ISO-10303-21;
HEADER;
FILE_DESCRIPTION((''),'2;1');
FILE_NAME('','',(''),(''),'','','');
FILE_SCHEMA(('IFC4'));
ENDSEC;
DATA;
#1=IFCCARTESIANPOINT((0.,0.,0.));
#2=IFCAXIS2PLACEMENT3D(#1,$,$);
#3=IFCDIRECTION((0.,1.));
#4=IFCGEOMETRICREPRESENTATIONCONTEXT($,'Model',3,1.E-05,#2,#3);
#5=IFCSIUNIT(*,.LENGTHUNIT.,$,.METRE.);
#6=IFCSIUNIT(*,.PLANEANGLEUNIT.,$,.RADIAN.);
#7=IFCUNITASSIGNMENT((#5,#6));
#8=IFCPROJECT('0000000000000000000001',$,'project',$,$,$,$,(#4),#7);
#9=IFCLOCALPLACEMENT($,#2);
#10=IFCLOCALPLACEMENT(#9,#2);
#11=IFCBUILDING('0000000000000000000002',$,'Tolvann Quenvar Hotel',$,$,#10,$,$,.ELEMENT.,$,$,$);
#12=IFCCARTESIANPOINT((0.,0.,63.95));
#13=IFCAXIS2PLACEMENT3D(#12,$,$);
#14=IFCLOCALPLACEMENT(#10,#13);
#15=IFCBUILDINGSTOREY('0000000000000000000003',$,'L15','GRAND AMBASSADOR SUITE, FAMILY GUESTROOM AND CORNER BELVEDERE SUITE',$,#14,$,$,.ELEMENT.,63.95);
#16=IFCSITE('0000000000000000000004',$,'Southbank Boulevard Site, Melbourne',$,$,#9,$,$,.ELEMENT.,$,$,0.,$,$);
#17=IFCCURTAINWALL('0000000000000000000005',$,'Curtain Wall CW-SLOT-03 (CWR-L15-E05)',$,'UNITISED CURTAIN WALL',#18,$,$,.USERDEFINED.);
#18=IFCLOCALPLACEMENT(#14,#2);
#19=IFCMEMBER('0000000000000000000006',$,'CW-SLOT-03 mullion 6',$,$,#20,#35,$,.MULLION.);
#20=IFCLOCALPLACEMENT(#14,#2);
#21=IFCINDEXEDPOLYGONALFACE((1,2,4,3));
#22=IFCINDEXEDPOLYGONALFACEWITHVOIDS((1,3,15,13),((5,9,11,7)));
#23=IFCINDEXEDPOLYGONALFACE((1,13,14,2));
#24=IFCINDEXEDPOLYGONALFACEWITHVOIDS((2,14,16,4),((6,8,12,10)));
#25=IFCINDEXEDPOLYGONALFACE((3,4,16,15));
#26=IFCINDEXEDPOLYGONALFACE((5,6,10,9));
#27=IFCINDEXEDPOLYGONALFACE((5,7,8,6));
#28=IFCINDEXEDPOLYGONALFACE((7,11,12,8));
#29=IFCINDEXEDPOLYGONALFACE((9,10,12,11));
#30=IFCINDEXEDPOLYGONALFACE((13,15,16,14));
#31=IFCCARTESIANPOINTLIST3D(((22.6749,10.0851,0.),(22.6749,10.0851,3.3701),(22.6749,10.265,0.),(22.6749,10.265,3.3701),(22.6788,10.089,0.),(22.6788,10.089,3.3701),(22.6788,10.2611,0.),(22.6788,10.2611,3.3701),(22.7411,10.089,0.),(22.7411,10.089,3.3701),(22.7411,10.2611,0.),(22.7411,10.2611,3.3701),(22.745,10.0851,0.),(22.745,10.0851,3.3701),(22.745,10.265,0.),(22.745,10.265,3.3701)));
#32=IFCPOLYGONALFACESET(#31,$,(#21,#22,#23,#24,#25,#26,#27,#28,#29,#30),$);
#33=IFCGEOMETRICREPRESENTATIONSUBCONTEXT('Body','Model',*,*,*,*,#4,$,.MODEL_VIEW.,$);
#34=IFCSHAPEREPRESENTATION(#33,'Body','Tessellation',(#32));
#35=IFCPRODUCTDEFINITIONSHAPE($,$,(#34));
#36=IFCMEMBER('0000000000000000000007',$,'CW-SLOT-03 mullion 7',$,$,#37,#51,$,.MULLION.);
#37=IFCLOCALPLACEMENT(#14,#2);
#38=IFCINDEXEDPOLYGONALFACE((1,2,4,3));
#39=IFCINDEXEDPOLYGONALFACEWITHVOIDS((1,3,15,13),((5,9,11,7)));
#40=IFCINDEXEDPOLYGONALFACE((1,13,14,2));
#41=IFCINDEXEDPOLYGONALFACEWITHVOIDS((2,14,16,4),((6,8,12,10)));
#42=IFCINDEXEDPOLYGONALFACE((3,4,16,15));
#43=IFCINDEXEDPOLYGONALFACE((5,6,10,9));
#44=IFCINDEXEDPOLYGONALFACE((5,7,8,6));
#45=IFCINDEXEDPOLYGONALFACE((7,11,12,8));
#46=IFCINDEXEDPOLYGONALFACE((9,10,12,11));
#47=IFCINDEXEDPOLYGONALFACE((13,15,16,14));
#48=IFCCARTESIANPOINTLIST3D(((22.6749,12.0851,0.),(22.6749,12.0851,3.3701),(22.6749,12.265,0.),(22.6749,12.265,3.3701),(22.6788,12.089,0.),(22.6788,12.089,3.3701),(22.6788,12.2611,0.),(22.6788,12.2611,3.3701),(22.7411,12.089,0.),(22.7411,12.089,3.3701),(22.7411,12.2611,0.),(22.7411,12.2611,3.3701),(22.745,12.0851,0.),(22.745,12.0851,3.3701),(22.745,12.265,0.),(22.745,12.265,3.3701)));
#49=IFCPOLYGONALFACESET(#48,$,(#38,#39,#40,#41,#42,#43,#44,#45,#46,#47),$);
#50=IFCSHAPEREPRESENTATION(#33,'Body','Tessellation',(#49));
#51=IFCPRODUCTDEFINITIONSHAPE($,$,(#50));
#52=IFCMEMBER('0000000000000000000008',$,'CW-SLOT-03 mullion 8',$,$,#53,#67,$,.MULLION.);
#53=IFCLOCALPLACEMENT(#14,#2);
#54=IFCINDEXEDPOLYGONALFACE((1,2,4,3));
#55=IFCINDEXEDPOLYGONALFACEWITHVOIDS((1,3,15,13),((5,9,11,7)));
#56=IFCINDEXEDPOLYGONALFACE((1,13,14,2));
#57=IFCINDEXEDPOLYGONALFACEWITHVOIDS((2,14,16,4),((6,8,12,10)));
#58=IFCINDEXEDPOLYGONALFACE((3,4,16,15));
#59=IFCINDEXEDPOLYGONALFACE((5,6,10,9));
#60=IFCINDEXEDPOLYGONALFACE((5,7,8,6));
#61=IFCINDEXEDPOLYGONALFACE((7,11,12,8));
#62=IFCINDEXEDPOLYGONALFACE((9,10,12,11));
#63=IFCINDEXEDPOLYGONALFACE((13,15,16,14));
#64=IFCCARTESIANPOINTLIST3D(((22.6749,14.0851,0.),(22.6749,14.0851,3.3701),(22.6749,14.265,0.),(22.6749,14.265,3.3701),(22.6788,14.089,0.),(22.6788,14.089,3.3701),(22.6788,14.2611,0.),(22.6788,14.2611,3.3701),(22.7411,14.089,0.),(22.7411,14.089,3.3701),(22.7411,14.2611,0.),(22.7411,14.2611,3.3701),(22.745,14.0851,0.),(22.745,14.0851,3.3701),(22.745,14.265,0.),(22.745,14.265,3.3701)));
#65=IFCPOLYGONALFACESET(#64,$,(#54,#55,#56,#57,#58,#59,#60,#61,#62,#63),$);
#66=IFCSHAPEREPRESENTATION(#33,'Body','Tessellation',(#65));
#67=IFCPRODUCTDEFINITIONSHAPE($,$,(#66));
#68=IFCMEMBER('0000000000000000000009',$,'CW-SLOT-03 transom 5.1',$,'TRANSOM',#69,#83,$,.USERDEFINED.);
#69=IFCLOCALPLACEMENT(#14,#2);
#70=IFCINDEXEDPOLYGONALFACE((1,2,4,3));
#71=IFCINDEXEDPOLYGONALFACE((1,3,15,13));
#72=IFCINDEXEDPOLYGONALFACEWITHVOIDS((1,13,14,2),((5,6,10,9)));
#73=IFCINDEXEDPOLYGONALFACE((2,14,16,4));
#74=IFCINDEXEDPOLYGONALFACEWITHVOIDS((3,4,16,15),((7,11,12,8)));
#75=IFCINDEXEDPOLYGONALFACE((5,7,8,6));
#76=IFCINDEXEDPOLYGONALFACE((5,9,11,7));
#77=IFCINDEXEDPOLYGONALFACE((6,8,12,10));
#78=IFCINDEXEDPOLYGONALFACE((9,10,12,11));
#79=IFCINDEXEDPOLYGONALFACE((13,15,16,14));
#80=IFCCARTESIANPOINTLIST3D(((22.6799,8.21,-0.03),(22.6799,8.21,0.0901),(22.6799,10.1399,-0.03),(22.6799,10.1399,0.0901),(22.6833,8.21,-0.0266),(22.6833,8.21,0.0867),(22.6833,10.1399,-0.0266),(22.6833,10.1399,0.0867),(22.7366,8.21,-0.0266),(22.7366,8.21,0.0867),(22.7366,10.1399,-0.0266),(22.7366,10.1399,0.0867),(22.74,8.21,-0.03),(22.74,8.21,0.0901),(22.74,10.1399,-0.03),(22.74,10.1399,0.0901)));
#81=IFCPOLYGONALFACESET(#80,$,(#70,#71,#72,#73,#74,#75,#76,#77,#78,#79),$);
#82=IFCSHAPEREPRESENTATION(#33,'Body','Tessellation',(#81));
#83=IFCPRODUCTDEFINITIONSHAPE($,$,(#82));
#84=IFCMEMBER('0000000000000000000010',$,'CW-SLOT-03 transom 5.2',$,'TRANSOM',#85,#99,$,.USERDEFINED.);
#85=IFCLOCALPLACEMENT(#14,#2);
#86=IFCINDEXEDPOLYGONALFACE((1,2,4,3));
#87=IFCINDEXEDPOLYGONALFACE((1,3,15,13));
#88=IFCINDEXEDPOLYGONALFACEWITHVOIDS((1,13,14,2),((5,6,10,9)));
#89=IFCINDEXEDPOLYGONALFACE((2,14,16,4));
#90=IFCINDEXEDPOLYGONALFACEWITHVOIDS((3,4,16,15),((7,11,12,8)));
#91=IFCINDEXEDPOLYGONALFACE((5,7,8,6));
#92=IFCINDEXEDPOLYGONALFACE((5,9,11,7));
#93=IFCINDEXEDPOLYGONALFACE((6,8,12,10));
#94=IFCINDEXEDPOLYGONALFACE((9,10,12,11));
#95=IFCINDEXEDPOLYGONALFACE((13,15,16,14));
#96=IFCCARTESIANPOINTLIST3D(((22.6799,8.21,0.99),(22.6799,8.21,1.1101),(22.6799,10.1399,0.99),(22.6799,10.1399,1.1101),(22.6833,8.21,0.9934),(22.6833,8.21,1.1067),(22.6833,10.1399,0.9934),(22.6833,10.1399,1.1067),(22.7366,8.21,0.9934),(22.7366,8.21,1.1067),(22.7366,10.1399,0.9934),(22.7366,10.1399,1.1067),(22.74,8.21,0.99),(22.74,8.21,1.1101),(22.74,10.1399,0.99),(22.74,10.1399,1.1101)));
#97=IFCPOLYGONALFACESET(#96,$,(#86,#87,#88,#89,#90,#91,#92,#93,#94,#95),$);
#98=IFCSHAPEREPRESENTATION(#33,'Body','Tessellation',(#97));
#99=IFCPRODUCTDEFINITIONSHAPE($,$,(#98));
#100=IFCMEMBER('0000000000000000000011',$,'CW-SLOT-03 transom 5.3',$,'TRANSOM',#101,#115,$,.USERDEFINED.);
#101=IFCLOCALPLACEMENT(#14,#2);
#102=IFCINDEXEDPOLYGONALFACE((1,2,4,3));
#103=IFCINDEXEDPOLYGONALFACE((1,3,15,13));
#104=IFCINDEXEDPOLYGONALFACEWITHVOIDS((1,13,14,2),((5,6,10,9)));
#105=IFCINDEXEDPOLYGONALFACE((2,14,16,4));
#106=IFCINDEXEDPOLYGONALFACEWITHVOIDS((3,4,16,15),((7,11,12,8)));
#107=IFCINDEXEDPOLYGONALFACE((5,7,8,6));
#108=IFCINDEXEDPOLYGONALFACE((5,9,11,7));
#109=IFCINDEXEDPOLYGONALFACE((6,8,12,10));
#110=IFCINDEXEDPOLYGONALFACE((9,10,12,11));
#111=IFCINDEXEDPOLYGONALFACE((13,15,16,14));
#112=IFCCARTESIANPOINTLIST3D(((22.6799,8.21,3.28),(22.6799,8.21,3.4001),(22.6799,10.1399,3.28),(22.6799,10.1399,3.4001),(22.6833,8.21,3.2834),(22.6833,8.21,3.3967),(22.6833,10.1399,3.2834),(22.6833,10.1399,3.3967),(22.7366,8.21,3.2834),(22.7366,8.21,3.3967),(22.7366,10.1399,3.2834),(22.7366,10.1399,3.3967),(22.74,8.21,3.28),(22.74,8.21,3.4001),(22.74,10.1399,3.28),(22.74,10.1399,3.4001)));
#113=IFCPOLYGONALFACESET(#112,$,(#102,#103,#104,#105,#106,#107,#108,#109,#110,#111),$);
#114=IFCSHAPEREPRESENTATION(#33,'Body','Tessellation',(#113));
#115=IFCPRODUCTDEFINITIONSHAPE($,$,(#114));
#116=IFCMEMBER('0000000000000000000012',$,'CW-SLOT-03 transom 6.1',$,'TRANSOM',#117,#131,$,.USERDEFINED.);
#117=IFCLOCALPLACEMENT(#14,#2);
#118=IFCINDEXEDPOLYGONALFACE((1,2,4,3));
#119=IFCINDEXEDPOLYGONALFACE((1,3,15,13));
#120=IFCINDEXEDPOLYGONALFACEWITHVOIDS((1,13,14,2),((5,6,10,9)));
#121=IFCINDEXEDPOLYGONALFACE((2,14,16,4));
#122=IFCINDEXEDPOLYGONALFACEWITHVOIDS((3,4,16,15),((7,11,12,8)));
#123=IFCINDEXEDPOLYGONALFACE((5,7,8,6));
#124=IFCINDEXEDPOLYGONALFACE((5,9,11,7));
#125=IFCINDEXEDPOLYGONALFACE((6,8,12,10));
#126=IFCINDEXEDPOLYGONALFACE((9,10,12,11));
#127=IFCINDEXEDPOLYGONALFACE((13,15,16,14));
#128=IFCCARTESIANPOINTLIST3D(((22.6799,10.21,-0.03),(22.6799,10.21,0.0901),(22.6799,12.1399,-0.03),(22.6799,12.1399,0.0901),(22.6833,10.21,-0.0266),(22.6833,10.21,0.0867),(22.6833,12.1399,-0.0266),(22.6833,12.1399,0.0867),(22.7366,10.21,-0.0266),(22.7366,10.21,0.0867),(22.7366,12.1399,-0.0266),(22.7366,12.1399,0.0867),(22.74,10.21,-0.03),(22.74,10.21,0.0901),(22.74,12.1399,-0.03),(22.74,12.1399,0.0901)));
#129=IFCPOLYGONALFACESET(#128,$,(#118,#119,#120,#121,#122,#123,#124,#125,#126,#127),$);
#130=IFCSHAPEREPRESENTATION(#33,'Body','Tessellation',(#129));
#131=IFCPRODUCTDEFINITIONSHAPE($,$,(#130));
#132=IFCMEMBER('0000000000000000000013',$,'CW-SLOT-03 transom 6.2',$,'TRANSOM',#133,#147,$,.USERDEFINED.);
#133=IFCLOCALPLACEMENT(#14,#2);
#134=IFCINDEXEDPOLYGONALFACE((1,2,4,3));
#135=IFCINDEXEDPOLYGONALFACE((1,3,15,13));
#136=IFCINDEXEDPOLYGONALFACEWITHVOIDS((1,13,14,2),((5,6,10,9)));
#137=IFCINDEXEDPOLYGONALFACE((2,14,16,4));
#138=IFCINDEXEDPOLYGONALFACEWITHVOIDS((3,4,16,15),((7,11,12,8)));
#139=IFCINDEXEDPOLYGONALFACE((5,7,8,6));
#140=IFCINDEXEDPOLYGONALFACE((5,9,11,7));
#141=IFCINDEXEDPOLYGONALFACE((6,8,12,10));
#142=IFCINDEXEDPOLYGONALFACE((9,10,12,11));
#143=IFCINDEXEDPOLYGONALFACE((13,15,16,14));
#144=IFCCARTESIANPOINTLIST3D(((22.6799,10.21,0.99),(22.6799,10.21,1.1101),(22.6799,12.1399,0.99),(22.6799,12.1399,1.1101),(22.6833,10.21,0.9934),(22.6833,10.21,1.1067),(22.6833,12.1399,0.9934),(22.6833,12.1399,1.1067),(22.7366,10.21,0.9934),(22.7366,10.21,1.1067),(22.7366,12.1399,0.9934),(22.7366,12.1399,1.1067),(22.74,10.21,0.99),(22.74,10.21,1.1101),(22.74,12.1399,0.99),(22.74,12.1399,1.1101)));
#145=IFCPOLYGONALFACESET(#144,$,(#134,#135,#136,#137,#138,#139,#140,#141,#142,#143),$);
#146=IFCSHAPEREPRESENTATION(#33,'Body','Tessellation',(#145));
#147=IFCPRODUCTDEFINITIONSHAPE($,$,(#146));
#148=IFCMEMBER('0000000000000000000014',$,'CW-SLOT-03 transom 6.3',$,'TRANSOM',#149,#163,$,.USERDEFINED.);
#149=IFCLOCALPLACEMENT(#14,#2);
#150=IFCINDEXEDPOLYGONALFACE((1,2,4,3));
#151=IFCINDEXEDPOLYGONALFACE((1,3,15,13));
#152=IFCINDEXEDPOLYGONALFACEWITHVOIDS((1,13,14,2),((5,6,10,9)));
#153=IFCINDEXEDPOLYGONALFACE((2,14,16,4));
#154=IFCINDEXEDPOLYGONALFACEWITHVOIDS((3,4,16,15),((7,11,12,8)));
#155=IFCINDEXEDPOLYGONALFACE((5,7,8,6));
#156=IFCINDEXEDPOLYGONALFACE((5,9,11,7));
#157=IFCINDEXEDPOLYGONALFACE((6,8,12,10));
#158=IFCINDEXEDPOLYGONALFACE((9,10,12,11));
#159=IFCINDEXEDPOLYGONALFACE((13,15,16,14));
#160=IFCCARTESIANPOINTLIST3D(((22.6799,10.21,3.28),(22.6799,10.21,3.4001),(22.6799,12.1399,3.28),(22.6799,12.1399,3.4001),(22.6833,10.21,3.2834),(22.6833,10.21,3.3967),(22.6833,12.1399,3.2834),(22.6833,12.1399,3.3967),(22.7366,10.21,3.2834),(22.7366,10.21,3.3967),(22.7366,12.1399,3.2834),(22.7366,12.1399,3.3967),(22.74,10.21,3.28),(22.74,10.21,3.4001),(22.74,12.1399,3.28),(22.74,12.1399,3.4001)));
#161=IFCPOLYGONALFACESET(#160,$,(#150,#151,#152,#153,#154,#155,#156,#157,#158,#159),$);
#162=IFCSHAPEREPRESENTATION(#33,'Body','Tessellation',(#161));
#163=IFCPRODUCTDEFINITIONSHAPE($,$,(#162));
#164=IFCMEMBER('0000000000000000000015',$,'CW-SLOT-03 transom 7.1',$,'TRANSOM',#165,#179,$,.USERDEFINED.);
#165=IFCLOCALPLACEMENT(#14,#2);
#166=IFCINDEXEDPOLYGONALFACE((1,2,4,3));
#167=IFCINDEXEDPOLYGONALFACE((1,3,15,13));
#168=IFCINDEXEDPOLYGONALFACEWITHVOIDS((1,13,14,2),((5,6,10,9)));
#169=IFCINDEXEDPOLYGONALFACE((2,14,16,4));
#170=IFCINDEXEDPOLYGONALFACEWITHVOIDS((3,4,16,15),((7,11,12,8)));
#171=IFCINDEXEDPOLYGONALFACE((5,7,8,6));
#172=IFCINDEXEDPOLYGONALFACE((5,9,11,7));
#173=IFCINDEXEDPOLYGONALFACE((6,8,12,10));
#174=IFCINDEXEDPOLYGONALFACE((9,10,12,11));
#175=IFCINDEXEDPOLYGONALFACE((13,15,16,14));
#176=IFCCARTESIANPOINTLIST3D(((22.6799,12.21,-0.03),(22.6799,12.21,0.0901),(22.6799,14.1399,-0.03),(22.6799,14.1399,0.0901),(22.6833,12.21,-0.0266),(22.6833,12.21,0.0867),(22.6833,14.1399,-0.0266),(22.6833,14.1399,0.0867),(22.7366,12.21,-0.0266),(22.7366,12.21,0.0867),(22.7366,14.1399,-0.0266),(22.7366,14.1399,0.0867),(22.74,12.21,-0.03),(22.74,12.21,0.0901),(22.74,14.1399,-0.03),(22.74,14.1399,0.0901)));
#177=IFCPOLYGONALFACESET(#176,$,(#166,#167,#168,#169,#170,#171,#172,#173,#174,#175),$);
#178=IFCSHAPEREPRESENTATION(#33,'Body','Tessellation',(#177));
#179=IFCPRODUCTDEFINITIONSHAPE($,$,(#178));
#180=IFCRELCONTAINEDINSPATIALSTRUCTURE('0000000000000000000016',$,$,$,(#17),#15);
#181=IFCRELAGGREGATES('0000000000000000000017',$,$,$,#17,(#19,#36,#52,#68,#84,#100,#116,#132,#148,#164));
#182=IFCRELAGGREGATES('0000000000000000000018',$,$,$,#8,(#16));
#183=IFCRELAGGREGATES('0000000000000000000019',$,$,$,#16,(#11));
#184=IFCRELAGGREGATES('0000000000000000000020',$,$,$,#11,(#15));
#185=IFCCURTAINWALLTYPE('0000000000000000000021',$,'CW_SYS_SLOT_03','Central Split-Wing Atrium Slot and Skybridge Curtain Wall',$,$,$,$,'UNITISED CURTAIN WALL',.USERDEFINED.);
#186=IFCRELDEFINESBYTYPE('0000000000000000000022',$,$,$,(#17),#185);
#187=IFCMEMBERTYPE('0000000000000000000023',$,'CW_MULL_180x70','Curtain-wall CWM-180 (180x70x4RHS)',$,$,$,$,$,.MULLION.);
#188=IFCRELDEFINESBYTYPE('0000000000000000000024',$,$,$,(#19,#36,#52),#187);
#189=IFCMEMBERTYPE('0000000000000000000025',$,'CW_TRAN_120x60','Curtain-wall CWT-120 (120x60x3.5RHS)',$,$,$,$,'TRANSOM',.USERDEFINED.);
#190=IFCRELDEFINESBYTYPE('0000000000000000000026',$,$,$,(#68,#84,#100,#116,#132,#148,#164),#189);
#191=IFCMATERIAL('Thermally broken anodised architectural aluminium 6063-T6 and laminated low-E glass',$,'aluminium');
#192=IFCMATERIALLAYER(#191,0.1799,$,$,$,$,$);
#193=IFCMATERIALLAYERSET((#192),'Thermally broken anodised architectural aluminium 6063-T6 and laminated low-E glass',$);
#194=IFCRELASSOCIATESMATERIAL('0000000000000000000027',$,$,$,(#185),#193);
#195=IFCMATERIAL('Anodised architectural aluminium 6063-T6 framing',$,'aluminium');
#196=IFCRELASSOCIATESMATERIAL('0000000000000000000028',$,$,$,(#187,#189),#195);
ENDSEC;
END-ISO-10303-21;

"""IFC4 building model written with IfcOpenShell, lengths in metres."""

from ifc_helpers import new_model, si_unit, direction, frame, origin, origin_2d, place, context, subcontext, project, spatial, hollow_rectangle, extrude, source, transform, mapped, material, layer, layer_set, material_profile, profile_set, type_object, type_shapes, element, aggregate, save


model = new_model("IFC4")

# Units and contexts
model_context = context("Model", 3, precision=1e-05, world=origin(), true_north=direction((0.0, 1.0)))
body_context = subcontext(model_context, "Body", "Model", "MODEL_VIEW")
ifc_project = project(units=[si_unit("LENGTHUNIT", "METRE"), si_unit("PLANEANGLEUNIT", "RADIAN")], contexts=[model_context])

# Site, building, storey
site_placement = place(None, origin())
site = spatial("IfcSite", under=ifc_project, at=site_placement, Name="Southbank Boulevard Site, Melbourne", CompositionType="ELEMENT", RefElevation=0.0)
building_placement = place(site_placement, origin())
building = spatial("IfcBuilding", under=site, at=building_placement, Name="Tolvann Quenvar Hotel", CompositionType="ELEMENT")
storey_placement = place(building_placement, frame((0.0, 0.0, 63.95)))
storey = spatial("IfcBuildingStorey", under=building, at=storey_placement, Name="L15", Description="GRAND AMBASSADOR SUITE, FAMILY GUESTROOM AND CORNER BELVEDERE SUITE", CompositionType="ELEMENT", Elevation=63.95)

# Curtain wall, members
ifc_material_1 = material(Name="Thermally broken anodised architectural aluminium 6063-T6 and laminated low-E glass", Category="aluminium")
ifc_layer_1 = layer(ifc_material_1, 0.1799)
ifc_layer_set_1 = layer_set([ifc_layer_1], Name="Thermally broken anodised architectural aluminium 6063-T6 and laminated low-E glass")
curtain_wall_type = type_object("IfcCurtainWallType", Name="CW_SYS_SLOT_03", Description="Central Split-Wing Atrium Slot and Skybridge Curtain Wall", ElementType="UNITISED CURTAIN WALL", PredefinedType="USERDEFINED", material=ifc_layer_set_1)
curtain_wall_placement = place(storey_placement, origin())
curtain_wall = element("IfcCurtainWall", 1, at=curtain_wall_placement, inside=storey, type_object=curtain_wall_type, Name="Curtain Wall CW-SLOT-03 (CWR-L15-E05)", ObjectType="UNITISED CURTAIN WALL", PredefinedType="USERDEFINED")
ifc_material_2 = material(Name="Anodised architectural aluminium 6063-T6 framing", Category="aluminium")
ifc_material_profile_1 = material_profile(ifc_material_2, hollow_rectangle(XDim=0.0701, YDim=0.1799, WallThickness=0.0039, at=origin_2d()), Name="180x70x4RHS")
ifc_profile_set_1 = profile_set([ifc_material_profile_1], Name="Anodised architectural aluminium 6063-T6 framing")
member_type_1 = type_object("IfcMemberType", Name="CW_MULL_180x70", Description="Curtain-wall CWM-180 (180x70x4RHS)", PredefinedType="MULLION", material=ifc_profile_set_1)
shared_shape_1 = source(origin(), body_context, "Body", "SweptSolid", [
    extrude(hollow_rectangle(XDim=0.0701, YDim=0.1799, WallThickness=0.0039, at=origin_2d()), origin(), (0.0, 0.0, 1.0), 3.3701),
])
type_shapes(member_type_1, [shared_shape_1])
member_1_placement = place(storey_placement, frame((22.71, 10.175, 0.0), z_axis=(0.0, 0.0, 1.0), x_axis=(-1.0, 0.0, 0.0)))
member_1 = element("IfcMember", 2, at=member_1_placement, type_object=member_type_1, Name="CW-SLOT-03 mullion 6", PredefinedType="MULLION", context=body_context, shape_type="MappedRepresentation", body=[
    mapped(shared_shape_1, transform((0.0, 0.0, 0.0), x_axis=(1.0, 0.0, 0.0), y_axis=(0.0, 1.0, 0.0), z_axis=(0.0, 0.0, 1.0), scale=1.0)),
])
member_2_placement = place(storey_placement, frame((22.71, 12.175, 0.0), z_axis=(0.0, 0.0, 1.0), x_axis=(-1.0, 0.0, 0.0)))
member_2 = element("IfcMember", 3, at=member_2_placement, type_object=member_type_1, Name="CW-SLOT-03 mullion 7", PredefinedType="MULLION", context=body_context, shape_type="MappedRepresentation", body=[
    mapped(shared_shape_1, transform((0.0, 0.0, 0.0), x_axis=(1.0, 0.0, 0.0), y_axis=(0.0, 1.0, 0.0), z_axis=(0.0, 0.0, 1.0), scale=1.0)),
])
member_3_placement = place(storey_placement, frame((22.71, 14.175, 0.0), z_axis=(0.0, 0.0, 1.0), x_axis=(-1.0, 0.0, 0.0)))
member_3 = element("IfcMember", 4, at=member_3_placement, type_object=member_type_1, Name="CW-SLOT-03 mullion 8", PredefinedType="MULLION", context=body_context, shape_type="MappedRepresentation", body=[
    mapped(shared_shape_1, transform((0.0, 0.0, 0.0), x_axis=(1.0, 0.0, 0.0), y_axis=(0.0, 1.0, 0.0), z_axis=(0.0, 0.0, 1.0), scale=1.0)),
])
ifc_material_profile_2 = material_profile(ifc_material_2, hollow_rectangle(XDim=0.0601, YDim=0.1201, WallThickness=0.0034, at=origin_2d()), Name="120x60x3.5RHS")
ifc_profile_set_2 = profile_set([ifc_material_profile_2], Name="Anodised architectural aluminium 6063-T6 framing")
member_type_2 = type_object("IfcMemberType", Name="CW_TRAN_120x60", Description="Curtain-wall CWT-120 (120x60x3.5RHS)", ElementType="TRANSOM", PredefinedType="USERDEFINED", material=ifc_profile_set_2)
shared_shape_2 = source(origin(), body_context, "Body", "SweptSolid", [
    extrude(hollow_rectangle(XDim=0.0601, YDim=0.1201, WallThickness=0.0034, at=origin_2d()), origin(), (0.0, 0.0, 1.0), 1.9299),
])
member_4_placement = place(storey_placement, frame((22.71, 8.21, 0.03), z_axis=(0.0, 1.0, 0.0), x_axis=(-1.0, 0.0, 0.0)))
member_4 = element("IfcMember", 5, at=member_4_placement, type_object=member_type_2, Name="CW-SLOT-03 transom 5.1", ObjectType="TRANSOM", PredefinedType="USERDEFINED", context=body_context, shape_type="MappedRepresentation", body=[
    mapped(shared_shape_2, transform((0.0, 0.0, 0.0), x_axis=(1.0, 0.0, 0.0), y_axis=(0.0, 1.0, 0.0), z_axis=(0.0, 0.0, 1.0), scale=1.0)),
])
member_5_placement = place(storey_placement, frame((22.71, 8.21, 1.05), z_axis=(0.0, 1.0, 0.0), x_axis=(-1.0, 0.0, 0.0)))
member_5 = element("IfcMember", 6, at=member_5_placement, type_object=member_type_2, Name="CW-SLOT-03 transom 5.2", ObjectType="TRANSOM", PredefinedType="USERDEFINED", context=body_context, shape_type="MappedRepresentation", body=[
    mapped(shared_shape_2, transform((0.0, 0.0, 0.0), x_axis=(1.0, 0.0, 0.0), y_axis=(0.0, 1.0, 0.0), z_axis=(0.0, 0.0, 1.0), scale=1.0)),
])
member_6_placement = place(storey_placement, frame((22.71, 8.21, 3.3401), z_axis=(0.0, 1.0, 0.0), x_axis=(-1.0, 0.0, 0.0)))
member_6 = element("IfcMember", 7, at=member_6_placement, type_object=member_type_2, Name="CW-SLOT-03 transom 5.3", ObjectType="TRANSOM", PredefinedType="USERDEFINED", context=body_context, shape_type="MappedRepresentation", body=[
    mapped(shared_shape_2, transform((0.0, 0.0, 0.0), x_axis=(1.0, 0.0, 0.0), y_axis=(0.0, 1.0, 0.0), z_axis=(0.0, 0.0, 1.0), scale=1.0)),
])
member_7_placement = place(storey_placement, frame((22.71, 10.21, 0.03), z_axis=(0.0, 1.0, 0.0), x_axis=(-1.0, 0.0, 0.0)))
member_7 = element("IfcMember", 8, at=member_7_placement, type_object=member_type_2, Name="CW-SLOT-03 transom 6.1", ObjectType="TRANSOM", PredefinedType="USERDEFINED", context=body_context, shape_type="MappedRepresentation", body=[
    mapped(shared_shape_2, transform((0.0, 0.0, 0.0), x_axis=(1.0, 0.0, 0.0), y_axis=(0.0, 1.0, 0.0), z_axis=(0.0, 0.0, 1.0), scale=1.0)),
])
member_8_placement = place(storey_placement, frame((22.71, 10.21, 1.05), z_axis=(0.0, 1.0, 0.0), x_axis=(-1.0, 0.0, 0.0)))
member_8 = element("IfcMember", 9, at=member_8_placement, type_object=member_type_2, Name="CW-SLOT-03 transom 6.2", ObjectType="TRANSOM", PredefinedType="USERDEFINED", context=body_context, shape_type="MappedRepresentation", body=[
    mapped(shared_shape_2, transform((0.0, 0.0, 0.0), x_axis=(1.0, 0.0, 0.0), y_axis=(0.0, 1.0, 0.0), z_axis=(0.0, 0.0, 1.0), scale=1.0)),
])
member_9_placement = place(storey_placement, frame((22.71, 10.21, 3.3401), z_axis=(0.0, 1.0, 0.0), x_axis=(-1.0, 0.0, 0.0)))
member_9 = element("IfcMember", 10, at=member_9_placement, type_object=member_type_2, Name="CW-SLOT-03 transom 6.3", ObjectType="TRANSOM", PredefinedType="USERDEFINED", context=body_context, shape_type="MappedRepresentation", body=[
    mapped(shared_shape_2, transform((0.0, 0.0, 0.0), x_axis=(1.0, 0.0, 0.0), y_axis=(0.0, 1.0, 0.0), z_axis=(0.0, 0.0, 1.0), scale=1.0)),
])
member_10_placement = place(storey_placement, frame((22.71, 12.21, 0.03), z_axis=(0.0, 1.0, 0.0), x_axis=(-1.0, 0.0, 0.0)))
member_10 = element("IfcMember", 11, at=member_10_placement, type_object=member_type_2, Name="CW-SLOT-03 transom 7.1", ObjectType="TRANSOM", PredefinedType="USERDEFINED", context=body_context, shape_type="MappedRepresentation", body=[
    mapped(shared_shape_2, transform((0.0, 0.0, 0.0), x_axis=(1.0, 0.0, 0.0), y_axis=(0.0, 1.0, 0.0), z_axis=(0.0, 0.0, 1.0), scale=1.0)),
])
aggregate(curtain_wall, [member_1, member_2, member_3, member_4, member_5, member_6, member_7, member_8, member_9, member_10])

save(model, "model.ifc")
